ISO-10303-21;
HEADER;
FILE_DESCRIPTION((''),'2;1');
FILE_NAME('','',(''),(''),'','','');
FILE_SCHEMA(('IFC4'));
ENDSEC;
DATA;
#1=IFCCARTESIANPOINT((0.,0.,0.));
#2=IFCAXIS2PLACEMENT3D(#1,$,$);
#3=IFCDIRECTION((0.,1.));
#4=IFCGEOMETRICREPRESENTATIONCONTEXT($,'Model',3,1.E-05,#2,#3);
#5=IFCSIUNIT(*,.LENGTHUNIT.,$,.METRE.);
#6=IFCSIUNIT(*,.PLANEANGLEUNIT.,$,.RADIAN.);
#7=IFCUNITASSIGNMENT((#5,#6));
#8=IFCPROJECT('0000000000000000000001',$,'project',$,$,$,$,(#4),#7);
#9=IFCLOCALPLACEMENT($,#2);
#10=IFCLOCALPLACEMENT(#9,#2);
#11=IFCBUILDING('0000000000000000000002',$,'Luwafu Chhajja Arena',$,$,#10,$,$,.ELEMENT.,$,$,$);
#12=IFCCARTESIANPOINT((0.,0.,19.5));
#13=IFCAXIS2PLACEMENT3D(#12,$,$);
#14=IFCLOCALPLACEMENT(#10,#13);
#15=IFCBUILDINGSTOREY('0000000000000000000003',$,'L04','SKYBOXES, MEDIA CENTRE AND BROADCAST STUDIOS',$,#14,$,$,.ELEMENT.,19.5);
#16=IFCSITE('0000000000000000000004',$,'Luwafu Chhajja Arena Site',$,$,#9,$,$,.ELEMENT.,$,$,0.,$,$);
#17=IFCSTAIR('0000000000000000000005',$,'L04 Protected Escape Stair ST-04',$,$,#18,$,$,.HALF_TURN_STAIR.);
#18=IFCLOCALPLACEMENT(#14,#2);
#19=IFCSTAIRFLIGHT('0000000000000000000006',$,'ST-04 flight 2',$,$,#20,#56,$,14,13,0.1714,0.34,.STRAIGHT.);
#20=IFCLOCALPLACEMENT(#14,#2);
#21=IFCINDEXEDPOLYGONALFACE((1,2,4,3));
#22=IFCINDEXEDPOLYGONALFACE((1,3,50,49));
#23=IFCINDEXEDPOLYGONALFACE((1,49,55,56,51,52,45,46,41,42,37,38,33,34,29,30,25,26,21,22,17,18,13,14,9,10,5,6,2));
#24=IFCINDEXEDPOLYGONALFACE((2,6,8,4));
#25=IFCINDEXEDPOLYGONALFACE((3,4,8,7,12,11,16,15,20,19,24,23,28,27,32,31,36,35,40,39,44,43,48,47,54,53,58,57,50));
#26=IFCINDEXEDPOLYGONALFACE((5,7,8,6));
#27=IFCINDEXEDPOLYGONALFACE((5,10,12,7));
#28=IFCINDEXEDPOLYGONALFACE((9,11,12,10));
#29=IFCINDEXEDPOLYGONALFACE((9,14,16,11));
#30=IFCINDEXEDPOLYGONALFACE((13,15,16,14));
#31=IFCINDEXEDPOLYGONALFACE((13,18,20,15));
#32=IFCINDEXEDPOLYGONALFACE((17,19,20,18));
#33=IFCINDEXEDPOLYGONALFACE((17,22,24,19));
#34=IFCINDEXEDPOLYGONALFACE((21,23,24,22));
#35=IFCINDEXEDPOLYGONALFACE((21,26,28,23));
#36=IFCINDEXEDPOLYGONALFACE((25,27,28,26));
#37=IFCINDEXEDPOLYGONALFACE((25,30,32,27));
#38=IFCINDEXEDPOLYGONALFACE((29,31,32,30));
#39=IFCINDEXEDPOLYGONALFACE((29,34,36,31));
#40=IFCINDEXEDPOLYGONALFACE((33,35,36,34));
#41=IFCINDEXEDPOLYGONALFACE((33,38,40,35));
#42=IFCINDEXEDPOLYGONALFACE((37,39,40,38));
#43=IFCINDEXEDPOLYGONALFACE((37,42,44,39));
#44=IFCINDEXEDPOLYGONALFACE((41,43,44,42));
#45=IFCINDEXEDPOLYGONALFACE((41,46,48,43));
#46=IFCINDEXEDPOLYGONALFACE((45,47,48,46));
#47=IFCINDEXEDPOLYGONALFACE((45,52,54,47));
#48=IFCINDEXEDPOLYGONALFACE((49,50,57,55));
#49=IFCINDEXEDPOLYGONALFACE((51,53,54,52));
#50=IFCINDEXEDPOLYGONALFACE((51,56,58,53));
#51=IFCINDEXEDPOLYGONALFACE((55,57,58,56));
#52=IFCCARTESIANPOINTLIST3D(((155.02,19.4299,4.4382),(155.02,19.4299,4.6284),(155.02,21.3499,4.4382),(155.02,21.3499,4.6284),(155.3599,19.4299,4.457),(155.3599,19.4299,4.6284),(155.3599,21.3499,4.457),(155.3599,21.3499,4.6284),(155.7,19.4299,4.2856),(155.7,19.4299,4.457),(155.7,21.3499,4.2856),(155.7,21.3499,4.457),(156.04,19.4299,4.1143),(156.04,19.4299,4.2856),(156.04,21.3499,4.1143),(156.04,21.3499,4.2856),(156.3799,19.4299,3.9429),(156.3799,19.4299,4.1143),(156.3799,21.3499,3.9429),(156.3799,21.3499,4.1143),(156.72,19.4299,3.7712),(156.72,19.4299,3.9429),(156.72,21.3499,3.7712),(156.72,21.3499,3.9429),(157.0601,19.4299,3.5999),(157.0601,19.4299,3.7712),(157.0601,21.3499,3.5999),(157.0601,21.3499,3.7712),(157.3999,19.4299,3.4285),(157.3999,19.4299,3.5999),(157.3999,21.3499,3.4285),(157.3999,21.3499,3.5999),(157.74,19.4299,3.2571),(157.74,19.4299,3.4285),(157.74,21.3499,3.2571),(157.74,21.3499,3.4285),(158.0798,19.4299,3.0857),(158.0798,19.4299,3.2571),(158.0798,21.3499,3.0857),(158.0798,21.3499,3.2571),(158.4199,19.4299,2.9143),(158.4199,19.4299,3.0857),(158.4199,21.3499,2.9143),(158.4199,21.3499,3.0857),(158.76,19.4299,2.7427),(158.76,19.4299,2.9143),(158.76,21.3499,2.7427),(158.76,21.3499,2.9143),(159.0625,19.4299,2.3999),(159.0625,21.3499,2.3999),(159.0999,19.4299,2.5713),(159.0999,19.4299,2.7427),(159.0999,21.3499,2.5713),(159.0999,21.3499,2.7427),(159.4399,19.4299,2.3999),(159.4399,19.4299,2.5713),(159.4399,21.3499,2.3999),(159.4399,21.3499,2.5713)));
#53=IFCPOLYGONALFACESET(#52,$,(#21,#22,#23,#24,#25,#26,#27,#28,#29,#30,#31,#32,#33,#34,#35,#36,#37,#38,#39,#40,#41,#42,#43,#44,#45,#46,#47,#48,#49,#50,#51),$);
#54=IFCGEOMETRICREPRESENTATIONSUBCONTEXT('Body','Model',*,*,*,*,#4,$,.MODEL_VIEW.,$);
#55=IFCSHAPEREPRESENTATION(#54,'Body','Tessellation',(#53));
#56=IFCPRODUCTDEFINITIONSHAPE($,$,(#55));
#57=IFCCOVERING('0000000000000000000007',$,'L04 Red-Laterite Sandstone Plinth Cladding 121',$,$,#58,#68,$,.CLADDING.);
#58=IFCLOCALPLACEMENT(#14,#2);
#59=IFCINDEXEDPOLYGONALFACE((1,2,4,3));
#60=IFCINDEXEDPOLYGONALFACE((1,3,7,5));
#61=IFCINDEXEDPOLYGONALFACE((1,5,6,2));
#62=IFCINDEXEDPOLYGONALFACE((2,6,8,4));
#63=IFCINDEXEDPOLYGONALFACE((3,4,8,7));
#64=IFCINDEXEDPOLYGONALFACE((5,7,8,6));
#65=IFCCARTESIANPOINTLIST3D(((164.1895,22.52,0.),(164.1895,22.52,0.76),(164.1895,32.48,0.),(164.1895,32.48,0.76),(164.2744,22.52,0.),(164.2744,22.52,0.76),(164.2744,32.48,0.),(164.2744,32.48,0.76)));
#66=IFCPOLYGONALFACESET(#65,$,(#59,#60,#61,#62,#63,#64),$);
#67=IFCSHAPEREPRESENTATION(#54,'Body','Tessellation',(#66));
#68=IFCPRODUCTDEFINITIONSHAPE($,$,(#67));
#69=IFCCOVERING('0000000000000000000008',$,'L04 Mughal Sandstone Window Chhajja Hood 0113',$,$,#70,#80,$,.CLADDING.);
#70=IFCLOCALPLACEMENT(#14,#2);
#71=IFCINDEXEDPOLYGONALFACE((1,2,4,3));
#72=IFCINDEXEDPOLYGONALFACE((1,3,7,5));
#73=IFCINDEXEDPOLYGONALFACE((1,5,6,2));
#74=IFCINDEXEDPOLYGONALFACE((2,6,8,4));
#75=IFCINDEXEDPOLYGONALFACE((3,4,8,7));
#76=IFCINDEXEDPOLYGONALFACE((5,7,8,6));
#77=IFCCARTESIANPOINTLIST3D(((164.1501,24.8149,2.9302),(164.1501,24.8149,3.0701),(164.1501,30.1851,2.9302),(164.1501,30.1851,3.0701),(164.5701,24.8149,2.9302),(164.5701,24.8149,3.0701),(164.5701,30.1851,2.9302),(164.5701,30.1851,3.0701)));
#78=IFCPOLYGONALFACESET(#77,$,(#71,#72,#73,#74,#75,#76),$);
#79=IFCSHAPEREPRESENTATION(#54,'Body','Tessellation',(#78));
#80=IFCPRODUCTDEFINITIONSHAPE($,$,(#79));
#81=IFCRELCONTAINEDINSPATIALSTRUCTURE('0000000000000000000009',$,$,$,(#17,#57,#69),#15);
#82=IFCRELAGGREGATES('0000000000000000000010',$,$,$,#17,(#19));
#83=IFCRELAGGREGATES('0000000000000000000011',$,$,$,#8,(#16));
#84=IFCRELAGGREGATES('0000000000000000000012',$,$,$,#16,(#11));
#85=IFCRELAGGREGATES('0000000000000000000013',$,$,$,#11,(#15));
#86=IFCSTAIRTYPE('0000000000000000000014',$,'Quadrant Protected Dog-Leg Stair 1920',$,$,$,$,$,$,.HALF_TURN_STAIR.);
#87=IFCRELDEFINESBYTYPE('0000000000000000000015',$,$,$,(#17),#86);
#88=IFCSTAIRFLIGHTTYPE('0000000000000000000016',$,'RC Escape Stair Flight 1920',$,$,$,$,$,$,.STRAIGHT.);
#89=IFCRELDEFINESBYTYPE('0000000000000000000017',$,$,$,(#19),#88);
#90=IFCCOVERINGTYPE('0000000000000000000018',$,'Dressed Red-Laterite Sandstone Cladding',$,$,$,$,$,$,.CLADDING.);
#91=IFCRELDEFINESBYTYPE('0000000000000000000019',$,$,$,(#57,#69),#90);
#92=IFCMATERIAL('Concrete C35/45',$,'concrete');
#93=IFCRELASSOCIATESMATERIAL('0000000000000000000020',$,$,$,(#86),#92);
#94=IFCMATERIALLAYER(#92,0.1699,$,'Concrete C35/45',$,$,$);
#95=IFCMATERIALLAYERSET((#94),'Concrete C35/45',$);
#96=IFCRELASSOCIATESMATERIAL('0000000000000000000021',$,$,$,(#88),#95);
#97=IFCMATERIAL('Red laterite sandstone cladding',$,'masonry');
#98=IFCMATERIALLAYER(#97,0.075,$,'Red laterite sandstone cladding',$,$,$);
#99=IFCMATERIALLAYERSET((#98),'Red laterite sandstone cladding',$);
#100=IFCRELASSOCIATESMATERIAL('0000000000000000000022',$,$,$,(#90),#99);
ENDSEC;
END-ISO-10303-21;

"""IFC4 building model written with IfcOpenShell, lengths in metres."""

from ifc_helpers import new_model, si_unit, direction, frame, origin, origin_2d, place, context, subcontext, project, spatial, polyline, rectangle, outline, extrude, material, layer, layer_set, type_object, element, aggregate, save


model = new_model("IFC4")

# Units and contexts
model_context = context("Model", 3, precision=1e-05, world=origin(), true_north=direction((0.0, 1.0)))
body_context = subcontext(model_context, "Body", "Model", "MODEL_VIEW")
ifc_project = project(units=[si_unit("LENGTHUNIT", "METRE"), si_unit("PLANEANGLEUNIT", "RADIAN")], contexts=[model_context])

# Site, building, storey
site_placement = place(None, origin())
site = spatial("IfcSite", under=ifc_project, at=site_placement, Name="Luwafu Chhajja Arena Site", CompositionType="ELEMENT", RefElevation=0.0)
building_placement = place(site_placement, origin())
building = spatial("IfcBuilding", under=site, at=building_placement, Name="Luwafu Chhajja Arena", CompositionType="ELEMENT")
storey_placement = place(building_placement, frame((0.0, 0.0, 19.5)))
storey = spatial("IfcBuildingStorey", under=building, at=storey_placement, Name="L04", Description="SKYBOXES, MEDIA CENTRE AND BROADCAST STUDIOS", CompositionType="ELEMENT", Elevation=19.5)

# Shared definitions
ifc_material_1 = material(Name="Concrete C35/45", Category="concrete")

# Stair, stair flight
stair_type = type_object("IfcStairType", Name="Quadrant Protected Dog-Leg Stair 1920", PredefinedType="HALF_TURN_STAIR", material=ifc_material_1)
stair_placement = place(storey_placement, origin())
stair = element("IfcStair", 1, at=stair_placement, inside=storey, type_object=stair_type, Name="L04 Protected Escape Stair ST-04", PredefinedType="HALF_TURN_STAIR")
ifc_layer_1 = layer(ifc_material_1, 0.1699, Name="Concrete C35/45")
ifc_layer_set_1 = layer_set([ifc_layer_1], Name="Concrete C35/45")
stair_flight_type = type_object("IfcStairFlightType", Name="RC Escape Stair Flight 1920", PredefinedType="STRAIGHT", material=ifc_layer_set_1)
stair_flight_1_placement = place(storey_placement, frame((159.4399, 20.3899, 2.3999), z_axis=(0.0, 0.0, 1.0), x_axis=(-1.0, 0.0, 0.0)))
stair_flight_1 = element("IfcStairFlight", 2, at=stair_flight_1_placement, type_object=stair_flight_type, Name="ST-04 flight 2", NumberOfRisers=14, NumberOfTreads=13, PredefinedType="STRAIGHT", RiserHeight=0.1714, TreadLength=0.34, context=body_context, shape_type="SweptSolid", body=[
    extrude(outline(polyline([(0.0, 0.0), (0.0, 0.1714), (0.3401, 0.1714), (0.3401, 0.3428), (0.6799, 0.3428), (0.6799, 0.5144), (1.02, 0.5144), (1.02, 0.6858), (1.3601, 0.6858), (1.3601, 0.8572), (1.7, 0.8572), (1.7, 1.0286), (2.04, 1.0286), (2.04, 1.2), (2.3799, 1.2), (2.3799, 1.3713), (2.72, 1.3713), (2.72, 1.543), (3.0601, 1.543), (3.0601, 1.7144), (3.3999, 1.7144), (3.3999, 1.8857), (3.74, 1.8857), (3.74, 2.0571), (4.0801, 2.0571), (4.0801, 2.2285), (4.4199, 2.2285), (4.4199, 2.3999), (4.4199, 2.0383), (0.3774, 0.0), (0.0, 0.0)])), frame((0.0, 0.96, 0.0), z_axis=(0.0, -1.0, 0.0), x_axis=(1.0, 0.0, 0.0)), (0.0, 0.0, 1.0), 1.9199),
])
aggregate(stair, [stair_flight_1])

# Coverings
ifc_material_2 = material(Name="Red laterite sandstone cladding", Category="masonry")
ifc_layer_2 = layer(ifc_material_2, 0.075, Name="Red laterite sandstone cladding")
ifc_layer_set_2 = layer_set([ifc_layer_2], Name="Red laterite sandstone cladding")
covering_type = type_object("IfcCoveringType", Name="Dressed Red-Laterite Sandstone Cladding", PredefinedType="CLADDING", material=ifc_layer_set_2)
covering_1_placement = place(storey_placement, frame((164.2319, 27.5, 0.0), z_axis=(0.0, 0.0, 1.0), x_axis=(0.0, 1.0, 0.0)))
element("IfcCovering", 3, at=covering_1_placement, inside=storey, type_object=covering_type, Name="L04 Red-Laterite Sandstone Plinth Cladding 121", PredefinedType="CLADDING", context=body_context, shape_type="SweptSolid", body=[
    extrude(rectangle(XDim=9.96, YDim=0.085, at=origin_2d()), origin(), (0.0, 0.0, 1.0), 0.76),
])
covering_2_placement = place(storey_placement, frame((164.3601, 27.5, 2.9302), z_axis=(0.0, 0.0, 1.0), x_axis=(0.0, 1.0, 0.0)))
element("IfcCovering", 4, at=covering_2_placement, inside=storey, type_object=covering_type, Name="L04 Mughal Sandstone Window Chhajja Hood 0113", PredefinedType="CLADDING", context=body_context, shape_type="SweptSolid", body=[
    extrude(rectangle(XDim=5.3701, YDim=0.4199, at=origin_2d()), origin(), (0.0, 0.0, 1.0), 0.1399),
])

save(model, "model.ifc")
